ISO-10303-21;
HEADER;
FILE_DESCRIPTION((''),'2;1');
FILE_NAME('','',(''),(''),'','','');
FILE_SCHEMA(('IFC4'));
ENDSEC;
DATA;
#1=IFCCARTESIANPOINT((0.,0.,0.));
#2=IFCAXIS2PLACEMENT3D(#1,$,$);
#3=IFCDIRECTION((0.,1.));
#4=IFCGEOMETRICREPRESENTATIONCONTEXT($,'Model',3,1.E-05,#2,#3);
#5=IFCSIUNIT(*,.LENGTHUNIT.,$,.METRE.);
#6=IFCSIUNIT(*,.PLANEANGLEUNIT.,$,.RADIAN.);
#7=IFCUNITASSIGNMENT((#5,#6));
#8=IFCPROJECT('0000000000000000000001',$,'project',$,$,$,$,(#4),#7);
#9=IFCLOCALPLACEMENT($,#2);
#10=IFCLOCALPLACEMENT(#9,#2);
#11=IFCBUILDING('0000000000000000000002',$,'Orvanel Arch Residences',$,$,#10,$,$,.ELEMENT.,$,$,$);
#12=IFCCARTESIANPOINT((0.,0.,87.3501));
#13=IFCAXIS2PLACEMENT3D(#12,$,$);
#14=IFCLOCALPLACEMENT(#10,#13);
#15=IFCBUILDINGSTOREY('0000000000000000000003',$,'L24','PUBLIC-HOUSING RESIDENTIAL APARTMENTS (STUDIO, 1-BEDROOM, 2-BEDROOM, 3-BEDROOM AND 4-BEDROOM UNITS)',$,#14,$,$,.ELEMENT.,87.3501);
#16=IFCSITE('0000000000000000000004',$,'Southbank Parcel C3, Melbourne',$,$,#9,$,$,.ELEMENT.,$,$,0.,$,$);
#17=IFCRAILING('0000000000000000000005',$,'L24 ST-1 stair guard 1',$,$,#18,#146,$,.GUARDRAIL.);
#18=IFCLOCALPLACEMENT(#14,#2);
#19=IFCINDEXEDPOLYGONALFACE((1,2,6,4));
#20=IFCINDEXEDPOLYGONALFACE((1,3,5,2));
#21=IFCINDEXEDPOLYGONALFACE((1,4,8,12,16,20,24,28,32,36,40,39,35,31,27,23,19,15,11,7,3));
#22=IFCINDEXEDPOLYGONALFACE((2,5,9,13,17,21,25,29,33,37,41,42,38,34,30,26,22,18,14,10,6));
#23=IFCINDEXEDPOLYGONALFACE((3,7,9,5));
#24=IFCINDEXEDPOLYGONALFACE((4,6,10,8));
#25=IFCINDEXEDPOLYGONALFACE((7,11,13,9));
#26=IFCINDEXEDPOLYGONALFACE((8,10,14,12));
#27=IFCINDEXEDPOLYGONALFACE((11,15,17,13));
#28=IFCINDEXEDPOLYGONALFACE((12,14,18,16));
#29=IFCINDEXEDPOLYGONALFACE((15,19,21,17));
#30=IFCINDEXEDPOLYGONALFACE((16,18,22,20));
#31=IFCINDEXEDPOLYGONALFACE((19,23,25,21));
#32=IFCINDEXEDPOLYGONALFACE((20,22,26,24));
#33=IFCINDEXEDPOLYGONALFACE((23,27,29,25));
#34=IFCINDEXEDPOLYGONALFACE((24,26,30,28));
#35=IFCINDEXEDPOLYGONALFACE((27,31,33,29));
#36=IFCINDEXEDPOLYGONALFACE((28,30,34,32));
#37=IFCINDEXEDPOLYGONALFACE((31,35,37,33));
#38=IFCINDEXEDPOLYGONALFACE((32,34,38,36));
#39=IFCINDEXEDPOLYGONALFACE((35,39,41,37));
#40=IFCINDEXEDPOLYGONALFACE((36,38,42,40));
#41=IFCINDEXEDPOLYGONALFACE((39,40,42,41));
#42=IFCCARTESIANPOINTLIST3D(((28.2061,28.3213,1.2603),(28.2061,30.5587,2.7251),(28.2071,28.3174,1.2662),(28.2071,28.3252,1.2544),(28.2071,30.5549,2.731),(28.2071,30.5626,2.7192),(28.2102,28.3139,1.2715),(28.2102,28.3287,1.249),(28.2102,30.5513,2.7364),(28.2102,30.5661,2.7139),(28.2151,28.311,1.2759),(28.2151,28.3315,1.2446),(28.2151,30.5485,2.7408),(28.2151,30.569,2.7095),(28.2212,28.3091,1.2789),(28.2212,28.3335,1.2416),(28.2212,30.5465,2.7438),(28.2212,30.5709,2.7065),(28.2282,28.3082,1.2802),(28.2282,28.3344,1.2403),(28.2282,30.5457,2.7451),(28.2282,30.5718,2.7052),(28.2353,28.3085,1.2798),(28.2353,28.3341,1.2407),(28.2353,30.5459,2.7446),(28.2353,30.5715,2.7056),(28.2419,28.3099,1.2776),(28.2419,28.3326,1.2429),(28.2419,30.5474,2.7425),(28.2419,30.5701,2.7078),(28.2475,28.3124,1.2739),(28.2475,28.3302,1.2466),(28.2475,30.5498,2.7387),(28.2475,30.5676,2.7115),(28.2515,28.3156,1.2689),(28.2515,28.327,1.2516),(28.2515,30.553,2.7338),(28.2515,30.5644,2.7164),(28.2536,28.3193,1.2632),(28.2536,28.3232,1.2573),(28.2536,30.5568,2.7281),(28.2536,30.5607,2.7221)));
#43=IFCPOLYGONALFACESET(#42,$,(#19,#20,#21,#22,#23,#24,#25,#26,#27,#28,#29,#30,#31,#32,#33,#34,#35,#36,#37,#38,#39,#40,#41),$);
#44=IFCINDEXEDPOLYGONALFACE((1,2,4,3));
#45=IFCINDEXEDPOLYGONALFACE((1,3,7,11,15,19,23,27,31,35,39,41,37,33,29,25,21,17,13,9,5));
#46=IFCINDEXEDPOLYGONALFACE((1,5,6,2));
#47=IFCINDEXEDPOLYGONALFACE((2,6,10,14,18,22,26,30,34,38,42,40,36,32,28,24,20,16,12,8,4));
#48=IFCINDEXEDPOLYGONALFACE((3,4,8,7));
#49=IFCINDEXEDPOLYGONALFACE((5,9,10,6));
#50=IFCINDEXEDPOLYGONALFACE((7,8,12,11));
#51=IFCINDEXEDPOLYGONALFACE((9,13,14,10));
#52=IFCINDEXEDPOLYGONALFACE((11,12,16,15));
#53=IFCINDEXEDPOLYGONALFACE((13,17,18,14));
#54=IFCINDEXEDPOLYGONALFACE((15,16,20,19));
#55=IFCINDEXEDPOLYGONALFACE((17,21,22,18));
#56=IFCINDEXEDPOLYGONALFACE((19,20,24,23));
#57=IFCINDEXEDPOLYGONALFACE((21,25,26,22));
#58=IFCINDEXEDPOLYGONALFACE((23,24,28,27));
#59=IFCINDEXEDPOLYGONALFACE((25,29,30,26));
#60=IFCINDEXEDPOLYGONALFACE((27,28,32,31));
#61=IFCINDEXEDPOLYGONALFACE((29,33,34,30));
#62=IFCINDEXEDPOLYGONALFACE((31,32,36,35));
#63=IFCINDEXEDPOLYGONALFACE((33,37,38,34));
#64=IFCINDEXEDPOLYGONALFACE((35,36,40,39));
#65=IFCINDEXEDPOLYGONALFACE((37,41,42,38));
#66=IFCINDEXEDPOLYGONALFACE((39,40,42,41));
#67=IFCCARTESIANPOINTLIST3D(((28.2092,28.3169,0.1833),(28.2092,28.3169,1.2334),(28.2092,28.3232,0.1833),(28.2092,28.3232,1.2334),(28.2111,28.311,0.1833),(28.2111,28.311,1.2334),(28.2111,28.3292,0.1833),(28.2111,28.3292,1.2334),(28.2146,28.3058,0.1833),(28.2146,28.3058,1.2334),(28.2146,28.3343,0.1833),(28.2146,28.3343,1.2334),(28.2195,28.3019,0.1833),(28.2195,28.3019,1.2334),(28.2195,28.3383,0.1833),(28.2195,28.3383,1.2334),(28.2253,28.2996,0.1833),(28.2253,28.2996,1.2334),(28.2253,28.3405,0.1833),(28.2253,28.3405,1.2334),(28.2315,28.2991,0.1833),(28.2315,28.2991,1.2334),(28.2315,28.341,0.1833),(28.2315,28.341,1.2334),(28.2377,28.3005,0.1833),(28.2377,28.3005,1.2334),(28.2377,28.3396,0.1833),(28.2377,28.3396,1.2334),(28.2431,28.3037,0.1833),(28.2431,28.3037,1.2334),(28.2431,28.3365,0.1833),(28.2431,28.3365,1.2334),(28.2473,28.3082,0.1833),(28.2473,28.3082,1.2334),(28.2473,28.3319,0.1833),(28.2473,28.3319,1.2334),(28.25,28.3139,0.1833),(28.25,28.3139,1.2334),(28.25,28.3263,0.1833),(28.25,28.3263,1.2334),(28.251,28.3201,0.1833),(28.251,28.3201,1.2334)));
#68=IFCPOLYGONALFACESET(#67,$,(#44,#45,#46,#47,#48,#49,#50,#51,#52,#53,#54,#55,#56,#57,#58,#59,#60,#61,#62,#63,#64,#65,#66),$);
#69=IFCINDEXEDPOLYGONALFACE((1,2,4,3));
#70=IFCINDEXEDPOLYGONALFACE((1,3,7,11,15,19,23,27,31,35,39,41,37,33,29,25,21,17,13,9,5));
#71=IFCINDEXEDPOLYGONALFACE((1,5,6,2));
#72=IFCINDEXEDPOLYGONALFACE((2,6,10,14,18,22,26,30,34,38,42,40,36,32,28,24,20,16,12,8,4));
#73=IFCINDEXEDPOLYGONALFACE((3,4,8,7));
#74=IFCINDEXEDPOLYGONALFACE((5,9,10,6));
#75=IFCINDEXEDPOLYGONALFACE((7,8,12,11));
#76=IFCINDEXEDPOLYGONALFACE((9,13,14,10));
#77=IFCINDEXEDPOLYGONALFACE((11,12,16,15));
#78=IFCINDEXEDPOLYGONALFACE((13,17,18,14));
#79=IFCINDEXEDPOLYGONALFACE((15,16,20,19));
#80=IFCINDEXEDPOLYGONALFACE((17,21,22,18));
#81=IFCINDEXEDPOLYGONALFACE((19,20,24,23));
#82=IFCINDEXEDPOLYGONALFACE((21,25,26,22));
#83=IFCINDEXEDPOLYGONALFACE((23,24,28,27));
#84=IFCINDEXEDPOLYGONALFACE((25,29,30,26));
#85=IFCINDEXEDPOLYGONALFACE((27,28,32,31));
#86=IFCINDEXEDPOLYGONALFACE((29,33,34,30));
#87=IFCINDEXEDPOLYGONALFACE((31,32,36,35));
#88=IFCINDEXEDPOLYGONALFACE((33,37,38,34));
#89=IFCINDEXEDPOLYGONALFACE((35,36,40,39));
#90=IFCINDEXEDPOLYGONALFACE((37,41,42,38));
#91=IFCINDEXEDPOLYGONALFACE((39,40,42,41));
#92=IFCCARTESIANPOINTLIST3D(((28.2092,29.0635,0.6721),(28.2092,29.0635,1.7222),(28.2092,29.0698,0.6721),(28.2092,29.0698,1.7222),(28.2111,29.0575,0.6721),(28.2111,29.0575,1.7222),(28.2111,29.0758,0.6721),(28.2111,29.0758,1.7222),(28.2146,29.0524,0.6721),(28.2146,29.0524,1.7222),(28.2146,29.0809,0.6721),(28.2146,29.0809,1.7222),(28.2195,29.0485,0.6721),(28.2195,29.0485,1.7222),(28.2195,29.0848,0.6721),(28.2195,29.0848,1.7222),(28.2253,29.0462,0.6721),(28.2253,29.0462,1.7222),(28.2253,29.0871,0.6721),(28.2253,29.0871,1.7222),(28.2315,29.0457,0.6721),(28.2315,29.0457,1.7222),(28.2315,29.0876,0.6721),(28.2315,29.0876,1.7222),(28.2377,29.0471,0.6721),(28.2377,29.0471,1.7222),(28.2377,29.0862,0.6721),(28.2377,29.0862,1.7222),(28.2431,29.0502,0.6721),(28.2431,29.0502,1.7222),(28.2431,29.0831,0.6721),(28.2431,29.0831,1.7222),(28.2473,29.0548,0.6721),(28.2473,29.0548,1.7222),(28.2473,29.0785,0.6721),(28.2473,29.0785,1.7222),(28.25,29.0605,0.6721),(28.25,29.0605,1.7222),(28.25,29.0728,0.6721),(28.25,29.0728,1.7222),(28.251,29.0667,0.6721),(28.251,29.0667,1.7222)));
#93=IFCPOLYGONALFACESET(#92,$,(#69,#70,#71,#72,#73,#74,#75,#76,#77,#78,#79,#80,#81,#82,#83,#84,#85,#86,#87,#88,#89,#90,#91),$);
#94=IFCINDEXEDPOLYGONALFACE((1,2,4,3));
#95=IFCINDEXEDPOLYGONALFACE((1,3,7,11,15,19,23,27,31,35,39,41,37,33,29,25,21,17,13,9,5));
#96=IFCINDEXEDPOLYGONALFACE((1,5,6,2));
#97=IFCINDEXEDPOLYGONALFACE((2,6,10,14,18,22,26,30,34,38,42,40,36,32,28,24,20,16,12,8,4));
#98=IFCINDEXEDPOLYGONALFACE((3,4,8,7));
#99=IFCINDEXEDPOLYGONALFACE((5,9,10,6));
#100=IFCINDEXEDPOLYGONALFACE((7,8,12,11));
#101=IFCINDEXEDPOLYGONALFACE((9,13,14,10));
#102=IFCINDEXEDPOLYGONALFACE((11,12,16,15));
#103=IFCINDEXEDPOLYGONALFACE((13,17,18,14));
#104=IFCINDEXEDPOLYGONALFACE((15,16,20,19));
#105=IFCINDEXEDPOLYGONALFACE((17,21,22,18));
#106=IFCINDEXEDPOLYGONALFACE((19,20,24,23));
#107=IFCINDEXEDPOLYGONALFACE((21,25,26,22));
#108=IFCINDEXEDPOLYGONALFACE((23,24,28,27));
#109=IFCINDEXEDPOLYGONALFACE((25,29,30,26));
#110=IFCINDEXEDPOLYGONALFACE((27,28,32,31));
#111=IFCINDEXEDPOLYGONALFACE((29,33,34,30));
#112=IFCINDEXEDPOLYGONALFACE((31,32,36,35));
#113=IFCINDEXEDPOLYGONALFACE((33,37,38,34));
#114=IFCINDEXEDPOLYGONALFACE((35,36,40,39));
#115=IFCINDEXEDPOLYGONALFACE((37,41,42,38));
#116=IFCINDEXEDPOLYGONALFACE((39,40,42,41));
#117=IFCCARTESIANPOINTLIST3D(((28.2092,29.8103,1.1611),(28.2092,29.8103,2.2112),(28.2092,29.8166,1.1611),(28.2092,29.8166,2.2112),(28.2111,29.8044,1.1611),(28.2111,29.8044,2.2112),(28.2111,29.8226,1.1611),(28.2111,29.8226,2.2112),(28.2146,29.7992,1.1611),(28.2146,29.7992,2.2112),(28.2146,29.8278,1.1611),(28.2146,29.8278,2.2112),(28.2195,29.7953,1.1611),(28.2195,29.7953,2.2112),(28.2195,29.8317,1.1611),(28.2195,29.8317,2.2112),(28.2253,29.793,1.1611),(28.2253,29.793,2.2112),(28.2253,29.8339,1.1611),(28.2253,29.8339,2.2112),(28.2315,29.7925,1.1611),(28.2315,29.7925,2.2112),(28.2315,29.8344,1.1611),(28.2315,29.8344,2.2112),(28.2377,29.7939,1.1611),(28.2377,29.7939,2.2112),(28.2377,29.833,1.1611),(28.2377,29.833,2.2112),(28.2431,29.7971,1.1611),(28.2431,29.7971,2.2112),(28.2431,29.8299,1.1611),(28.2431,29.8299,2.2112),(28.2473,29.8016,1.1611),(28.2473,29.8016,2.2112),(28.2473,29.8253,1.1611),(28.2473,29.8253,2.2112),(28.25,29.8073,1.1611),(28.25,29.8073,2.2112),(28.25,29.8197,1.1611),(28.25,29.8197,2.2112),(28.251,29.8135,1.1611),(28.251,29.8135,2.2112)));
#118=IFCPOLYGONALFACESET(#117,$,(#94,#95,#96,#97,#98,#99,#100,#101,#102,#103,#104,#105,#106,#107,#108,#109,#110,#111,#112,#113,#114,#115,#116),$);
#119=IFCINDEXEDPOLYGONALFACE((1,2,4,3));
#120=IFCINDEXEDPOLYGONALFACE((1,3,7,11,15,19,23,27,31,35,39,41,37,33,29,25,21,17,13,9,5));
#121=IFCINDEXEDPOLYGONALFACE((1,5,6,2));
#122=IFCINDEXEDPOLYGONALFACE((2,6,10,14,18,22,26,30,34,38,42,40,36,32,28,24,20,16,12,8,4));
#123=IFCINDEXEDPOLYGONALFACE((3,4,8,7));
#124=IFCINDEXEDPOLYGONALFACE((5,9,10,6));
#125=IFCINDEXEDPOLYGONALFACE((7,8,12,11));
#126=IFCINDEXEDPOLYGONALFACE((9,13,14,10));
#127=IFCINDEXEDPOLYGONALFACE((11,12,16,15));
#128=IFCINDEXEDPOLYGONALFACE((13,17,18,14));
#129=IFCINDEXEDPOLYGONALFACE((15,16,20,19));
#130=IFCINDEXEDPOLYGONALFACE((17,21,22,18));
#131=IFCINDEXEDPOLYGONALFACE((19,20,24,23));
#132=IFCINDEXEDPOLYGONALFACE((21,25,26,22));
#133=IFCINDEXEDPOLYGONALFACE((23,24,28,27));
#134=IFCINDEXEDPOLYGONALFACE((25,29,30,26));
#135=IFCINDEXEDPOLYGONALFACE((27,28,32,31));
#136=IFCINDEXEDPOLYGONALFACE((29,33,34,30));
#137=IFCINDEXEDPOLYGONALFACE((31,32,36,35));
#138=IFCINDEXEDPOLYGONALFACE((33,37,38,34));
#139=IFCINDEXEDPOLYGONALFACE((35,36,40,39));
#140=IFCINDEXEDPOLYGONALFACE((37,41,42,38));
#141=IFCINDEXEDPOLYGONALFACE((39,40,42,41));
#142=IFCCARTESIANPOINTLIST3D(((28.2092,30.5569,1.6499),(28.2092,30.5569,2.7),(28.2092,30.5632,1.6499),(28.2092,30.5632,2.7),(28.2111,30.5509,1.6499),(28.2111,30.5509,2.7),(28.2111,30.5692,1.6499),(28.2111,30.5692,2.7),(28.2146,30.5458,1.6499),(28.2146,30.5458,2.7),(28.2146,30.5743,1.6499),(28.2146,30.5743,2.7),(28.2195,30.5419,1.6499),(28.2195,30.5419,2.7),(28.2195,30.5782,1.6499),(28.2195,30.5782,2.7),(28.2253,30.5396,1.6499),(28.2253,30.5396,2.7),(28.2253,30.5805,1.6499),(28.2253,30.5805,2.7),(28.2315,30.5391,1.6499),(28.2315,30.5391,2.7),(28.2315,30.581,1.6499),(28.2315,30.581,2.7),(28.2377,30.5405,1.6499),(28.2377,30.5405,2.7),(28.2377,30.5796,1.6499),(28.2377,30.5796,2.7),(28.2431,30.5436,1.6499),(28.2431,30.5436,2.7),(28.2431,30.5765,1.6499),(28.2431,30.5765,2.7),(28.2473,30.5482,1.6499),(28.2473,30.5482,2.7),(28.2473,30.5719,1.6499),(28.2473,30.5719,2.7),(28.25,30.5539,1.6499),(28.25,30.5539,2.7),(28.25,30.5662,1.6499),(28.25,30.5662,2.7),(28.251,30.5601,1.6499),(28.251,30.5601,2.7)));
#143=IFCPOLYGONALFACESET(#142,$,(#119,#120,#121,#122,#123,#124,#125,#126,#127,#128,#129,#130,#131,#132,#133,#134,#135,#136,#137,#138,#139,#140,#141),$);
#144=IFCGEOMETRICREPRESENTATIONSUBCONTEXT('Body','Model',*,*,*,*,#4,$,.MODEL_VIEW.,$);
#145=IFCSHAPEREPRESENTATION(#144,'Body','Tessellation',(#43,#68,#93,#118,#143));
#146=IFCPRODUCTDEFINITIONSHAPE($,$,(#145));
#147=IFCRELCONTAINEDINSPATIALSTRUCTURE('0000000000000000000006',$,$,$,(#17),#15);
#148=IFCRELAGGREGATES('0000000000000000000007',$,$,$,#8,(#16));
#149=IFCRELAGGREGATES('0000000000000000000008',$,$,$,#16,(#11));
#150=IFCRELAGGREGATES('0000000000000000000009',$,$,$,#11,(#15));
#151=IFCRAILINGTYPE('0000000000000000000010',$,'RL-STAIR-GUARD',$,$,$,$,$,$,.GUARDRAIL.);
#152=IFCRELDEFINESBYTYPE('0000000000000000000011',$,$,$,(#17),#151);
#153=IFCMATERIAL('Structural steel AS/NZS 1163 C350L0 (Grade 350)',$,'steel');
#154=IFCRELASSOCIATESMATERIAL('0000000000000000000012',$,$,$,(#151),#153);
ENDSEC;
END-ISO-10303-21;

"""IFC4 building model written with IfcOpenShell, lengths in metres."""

from ifc_helpers import new_model, si_unit, direction, frame, origin, origin_2d, place, context, subcontext, project, spatial, circle, extrude, material, type_object, element, save


model = new_model("IFC4")

# Units and contexts
model_context = context("Model", 3, precision=1e-05, world=origin(), true_north=direction((0.0, 1.0)))
body_context = subcontext(model_context, "Body", "Model", "MODEL_VIEW")
ifc_project = project(units=[si_unit("LENGTHUNIT", "METRE"), si_unit("PLANEANGLEUNIT", "RADIAN")], contexts=[model_context])

# Site, building, storey
site_placement = place(None, origin())
site = spatial("IfcSite", under=ifc_project, at=site_placement, Name="Southbank Parcel C3, Melbourne", CompositionType="ELEMENT", RefElevation=0.0)
building_placement = place(site_placement, origin())
building = spatial("IfcBuilding", under=site, at=building_placement, Name="Orvanel Arch Residences", CompositionType="ELEMENT")
storey_placement = place(building_placement, frame((0.0, 0.0, 87.3501)))
storey = spatial("IfcBuildingStorey", under=building, at=storey_placement, Name="L24", Description="PUBLIC-HOUSING RESIDENTIAL APARTMENTS (STUDIO, 1-BEDROOM, 2-BEDROOM, 3-BEDROOM AND 4-BEDROOM UNITS)", CompositionType="ELEMENT", Elevation=87.3501)

# Railing
ifc_material_1 = material(Name="Structural steel AS/NZS 1163 C350L0 (Grade 350)", Category="steel")
railing_type_1 = type_object("IfcRailingType", Name="RL-STAIR-GUARD", PredefinedType="GUARDRAIL", material=ifc_material_1)
railing_1_placement = place(storey_placement, frame((28.23, 28.3201, 0.1833)))
element("IfcRailing", 1, at=railing_1_placement, inside=storey, type_object=railing_type_1, Name="L24 ST-1 stair guard 1", PredefinedType="GUARDRAIL", context=body_context, shape_type="SweptSolid", body=[
    extrude(circle(Radius=0.0239, at=origin_2d()), frame((0.0, 0.0012, 1.0769), z_axis=(0.0, 0.836637, 0.547758), x_axis=(-1.0, 0.0, 0.0)), (0.0, 0.0, 1.0), 2.6743),
    extrude(circle(Radius=0.021, at=origin_2d()), origin(), (0.0, 0.0, 1.0), 1.05),
    extrude(circle(Radius=0.021, at=origin_2d()), frame((0.0, 0.7466, 0.4888)), (0.0, 0.0, 1.0), 1.05),
    extrude(circle(Radius=0.021, at=origin_2d()), frame((0.0, 1.4934, 0.9778)), (0.0, 0.0, 1.0), 1.05),
    extrude(circle(Radius=0.021, at=origin_2d()), frame((0.0, 2.24, 1.4666)), (0.0, 0.0, 1.0), 1.05),
])

save(model, "model.ifc")
